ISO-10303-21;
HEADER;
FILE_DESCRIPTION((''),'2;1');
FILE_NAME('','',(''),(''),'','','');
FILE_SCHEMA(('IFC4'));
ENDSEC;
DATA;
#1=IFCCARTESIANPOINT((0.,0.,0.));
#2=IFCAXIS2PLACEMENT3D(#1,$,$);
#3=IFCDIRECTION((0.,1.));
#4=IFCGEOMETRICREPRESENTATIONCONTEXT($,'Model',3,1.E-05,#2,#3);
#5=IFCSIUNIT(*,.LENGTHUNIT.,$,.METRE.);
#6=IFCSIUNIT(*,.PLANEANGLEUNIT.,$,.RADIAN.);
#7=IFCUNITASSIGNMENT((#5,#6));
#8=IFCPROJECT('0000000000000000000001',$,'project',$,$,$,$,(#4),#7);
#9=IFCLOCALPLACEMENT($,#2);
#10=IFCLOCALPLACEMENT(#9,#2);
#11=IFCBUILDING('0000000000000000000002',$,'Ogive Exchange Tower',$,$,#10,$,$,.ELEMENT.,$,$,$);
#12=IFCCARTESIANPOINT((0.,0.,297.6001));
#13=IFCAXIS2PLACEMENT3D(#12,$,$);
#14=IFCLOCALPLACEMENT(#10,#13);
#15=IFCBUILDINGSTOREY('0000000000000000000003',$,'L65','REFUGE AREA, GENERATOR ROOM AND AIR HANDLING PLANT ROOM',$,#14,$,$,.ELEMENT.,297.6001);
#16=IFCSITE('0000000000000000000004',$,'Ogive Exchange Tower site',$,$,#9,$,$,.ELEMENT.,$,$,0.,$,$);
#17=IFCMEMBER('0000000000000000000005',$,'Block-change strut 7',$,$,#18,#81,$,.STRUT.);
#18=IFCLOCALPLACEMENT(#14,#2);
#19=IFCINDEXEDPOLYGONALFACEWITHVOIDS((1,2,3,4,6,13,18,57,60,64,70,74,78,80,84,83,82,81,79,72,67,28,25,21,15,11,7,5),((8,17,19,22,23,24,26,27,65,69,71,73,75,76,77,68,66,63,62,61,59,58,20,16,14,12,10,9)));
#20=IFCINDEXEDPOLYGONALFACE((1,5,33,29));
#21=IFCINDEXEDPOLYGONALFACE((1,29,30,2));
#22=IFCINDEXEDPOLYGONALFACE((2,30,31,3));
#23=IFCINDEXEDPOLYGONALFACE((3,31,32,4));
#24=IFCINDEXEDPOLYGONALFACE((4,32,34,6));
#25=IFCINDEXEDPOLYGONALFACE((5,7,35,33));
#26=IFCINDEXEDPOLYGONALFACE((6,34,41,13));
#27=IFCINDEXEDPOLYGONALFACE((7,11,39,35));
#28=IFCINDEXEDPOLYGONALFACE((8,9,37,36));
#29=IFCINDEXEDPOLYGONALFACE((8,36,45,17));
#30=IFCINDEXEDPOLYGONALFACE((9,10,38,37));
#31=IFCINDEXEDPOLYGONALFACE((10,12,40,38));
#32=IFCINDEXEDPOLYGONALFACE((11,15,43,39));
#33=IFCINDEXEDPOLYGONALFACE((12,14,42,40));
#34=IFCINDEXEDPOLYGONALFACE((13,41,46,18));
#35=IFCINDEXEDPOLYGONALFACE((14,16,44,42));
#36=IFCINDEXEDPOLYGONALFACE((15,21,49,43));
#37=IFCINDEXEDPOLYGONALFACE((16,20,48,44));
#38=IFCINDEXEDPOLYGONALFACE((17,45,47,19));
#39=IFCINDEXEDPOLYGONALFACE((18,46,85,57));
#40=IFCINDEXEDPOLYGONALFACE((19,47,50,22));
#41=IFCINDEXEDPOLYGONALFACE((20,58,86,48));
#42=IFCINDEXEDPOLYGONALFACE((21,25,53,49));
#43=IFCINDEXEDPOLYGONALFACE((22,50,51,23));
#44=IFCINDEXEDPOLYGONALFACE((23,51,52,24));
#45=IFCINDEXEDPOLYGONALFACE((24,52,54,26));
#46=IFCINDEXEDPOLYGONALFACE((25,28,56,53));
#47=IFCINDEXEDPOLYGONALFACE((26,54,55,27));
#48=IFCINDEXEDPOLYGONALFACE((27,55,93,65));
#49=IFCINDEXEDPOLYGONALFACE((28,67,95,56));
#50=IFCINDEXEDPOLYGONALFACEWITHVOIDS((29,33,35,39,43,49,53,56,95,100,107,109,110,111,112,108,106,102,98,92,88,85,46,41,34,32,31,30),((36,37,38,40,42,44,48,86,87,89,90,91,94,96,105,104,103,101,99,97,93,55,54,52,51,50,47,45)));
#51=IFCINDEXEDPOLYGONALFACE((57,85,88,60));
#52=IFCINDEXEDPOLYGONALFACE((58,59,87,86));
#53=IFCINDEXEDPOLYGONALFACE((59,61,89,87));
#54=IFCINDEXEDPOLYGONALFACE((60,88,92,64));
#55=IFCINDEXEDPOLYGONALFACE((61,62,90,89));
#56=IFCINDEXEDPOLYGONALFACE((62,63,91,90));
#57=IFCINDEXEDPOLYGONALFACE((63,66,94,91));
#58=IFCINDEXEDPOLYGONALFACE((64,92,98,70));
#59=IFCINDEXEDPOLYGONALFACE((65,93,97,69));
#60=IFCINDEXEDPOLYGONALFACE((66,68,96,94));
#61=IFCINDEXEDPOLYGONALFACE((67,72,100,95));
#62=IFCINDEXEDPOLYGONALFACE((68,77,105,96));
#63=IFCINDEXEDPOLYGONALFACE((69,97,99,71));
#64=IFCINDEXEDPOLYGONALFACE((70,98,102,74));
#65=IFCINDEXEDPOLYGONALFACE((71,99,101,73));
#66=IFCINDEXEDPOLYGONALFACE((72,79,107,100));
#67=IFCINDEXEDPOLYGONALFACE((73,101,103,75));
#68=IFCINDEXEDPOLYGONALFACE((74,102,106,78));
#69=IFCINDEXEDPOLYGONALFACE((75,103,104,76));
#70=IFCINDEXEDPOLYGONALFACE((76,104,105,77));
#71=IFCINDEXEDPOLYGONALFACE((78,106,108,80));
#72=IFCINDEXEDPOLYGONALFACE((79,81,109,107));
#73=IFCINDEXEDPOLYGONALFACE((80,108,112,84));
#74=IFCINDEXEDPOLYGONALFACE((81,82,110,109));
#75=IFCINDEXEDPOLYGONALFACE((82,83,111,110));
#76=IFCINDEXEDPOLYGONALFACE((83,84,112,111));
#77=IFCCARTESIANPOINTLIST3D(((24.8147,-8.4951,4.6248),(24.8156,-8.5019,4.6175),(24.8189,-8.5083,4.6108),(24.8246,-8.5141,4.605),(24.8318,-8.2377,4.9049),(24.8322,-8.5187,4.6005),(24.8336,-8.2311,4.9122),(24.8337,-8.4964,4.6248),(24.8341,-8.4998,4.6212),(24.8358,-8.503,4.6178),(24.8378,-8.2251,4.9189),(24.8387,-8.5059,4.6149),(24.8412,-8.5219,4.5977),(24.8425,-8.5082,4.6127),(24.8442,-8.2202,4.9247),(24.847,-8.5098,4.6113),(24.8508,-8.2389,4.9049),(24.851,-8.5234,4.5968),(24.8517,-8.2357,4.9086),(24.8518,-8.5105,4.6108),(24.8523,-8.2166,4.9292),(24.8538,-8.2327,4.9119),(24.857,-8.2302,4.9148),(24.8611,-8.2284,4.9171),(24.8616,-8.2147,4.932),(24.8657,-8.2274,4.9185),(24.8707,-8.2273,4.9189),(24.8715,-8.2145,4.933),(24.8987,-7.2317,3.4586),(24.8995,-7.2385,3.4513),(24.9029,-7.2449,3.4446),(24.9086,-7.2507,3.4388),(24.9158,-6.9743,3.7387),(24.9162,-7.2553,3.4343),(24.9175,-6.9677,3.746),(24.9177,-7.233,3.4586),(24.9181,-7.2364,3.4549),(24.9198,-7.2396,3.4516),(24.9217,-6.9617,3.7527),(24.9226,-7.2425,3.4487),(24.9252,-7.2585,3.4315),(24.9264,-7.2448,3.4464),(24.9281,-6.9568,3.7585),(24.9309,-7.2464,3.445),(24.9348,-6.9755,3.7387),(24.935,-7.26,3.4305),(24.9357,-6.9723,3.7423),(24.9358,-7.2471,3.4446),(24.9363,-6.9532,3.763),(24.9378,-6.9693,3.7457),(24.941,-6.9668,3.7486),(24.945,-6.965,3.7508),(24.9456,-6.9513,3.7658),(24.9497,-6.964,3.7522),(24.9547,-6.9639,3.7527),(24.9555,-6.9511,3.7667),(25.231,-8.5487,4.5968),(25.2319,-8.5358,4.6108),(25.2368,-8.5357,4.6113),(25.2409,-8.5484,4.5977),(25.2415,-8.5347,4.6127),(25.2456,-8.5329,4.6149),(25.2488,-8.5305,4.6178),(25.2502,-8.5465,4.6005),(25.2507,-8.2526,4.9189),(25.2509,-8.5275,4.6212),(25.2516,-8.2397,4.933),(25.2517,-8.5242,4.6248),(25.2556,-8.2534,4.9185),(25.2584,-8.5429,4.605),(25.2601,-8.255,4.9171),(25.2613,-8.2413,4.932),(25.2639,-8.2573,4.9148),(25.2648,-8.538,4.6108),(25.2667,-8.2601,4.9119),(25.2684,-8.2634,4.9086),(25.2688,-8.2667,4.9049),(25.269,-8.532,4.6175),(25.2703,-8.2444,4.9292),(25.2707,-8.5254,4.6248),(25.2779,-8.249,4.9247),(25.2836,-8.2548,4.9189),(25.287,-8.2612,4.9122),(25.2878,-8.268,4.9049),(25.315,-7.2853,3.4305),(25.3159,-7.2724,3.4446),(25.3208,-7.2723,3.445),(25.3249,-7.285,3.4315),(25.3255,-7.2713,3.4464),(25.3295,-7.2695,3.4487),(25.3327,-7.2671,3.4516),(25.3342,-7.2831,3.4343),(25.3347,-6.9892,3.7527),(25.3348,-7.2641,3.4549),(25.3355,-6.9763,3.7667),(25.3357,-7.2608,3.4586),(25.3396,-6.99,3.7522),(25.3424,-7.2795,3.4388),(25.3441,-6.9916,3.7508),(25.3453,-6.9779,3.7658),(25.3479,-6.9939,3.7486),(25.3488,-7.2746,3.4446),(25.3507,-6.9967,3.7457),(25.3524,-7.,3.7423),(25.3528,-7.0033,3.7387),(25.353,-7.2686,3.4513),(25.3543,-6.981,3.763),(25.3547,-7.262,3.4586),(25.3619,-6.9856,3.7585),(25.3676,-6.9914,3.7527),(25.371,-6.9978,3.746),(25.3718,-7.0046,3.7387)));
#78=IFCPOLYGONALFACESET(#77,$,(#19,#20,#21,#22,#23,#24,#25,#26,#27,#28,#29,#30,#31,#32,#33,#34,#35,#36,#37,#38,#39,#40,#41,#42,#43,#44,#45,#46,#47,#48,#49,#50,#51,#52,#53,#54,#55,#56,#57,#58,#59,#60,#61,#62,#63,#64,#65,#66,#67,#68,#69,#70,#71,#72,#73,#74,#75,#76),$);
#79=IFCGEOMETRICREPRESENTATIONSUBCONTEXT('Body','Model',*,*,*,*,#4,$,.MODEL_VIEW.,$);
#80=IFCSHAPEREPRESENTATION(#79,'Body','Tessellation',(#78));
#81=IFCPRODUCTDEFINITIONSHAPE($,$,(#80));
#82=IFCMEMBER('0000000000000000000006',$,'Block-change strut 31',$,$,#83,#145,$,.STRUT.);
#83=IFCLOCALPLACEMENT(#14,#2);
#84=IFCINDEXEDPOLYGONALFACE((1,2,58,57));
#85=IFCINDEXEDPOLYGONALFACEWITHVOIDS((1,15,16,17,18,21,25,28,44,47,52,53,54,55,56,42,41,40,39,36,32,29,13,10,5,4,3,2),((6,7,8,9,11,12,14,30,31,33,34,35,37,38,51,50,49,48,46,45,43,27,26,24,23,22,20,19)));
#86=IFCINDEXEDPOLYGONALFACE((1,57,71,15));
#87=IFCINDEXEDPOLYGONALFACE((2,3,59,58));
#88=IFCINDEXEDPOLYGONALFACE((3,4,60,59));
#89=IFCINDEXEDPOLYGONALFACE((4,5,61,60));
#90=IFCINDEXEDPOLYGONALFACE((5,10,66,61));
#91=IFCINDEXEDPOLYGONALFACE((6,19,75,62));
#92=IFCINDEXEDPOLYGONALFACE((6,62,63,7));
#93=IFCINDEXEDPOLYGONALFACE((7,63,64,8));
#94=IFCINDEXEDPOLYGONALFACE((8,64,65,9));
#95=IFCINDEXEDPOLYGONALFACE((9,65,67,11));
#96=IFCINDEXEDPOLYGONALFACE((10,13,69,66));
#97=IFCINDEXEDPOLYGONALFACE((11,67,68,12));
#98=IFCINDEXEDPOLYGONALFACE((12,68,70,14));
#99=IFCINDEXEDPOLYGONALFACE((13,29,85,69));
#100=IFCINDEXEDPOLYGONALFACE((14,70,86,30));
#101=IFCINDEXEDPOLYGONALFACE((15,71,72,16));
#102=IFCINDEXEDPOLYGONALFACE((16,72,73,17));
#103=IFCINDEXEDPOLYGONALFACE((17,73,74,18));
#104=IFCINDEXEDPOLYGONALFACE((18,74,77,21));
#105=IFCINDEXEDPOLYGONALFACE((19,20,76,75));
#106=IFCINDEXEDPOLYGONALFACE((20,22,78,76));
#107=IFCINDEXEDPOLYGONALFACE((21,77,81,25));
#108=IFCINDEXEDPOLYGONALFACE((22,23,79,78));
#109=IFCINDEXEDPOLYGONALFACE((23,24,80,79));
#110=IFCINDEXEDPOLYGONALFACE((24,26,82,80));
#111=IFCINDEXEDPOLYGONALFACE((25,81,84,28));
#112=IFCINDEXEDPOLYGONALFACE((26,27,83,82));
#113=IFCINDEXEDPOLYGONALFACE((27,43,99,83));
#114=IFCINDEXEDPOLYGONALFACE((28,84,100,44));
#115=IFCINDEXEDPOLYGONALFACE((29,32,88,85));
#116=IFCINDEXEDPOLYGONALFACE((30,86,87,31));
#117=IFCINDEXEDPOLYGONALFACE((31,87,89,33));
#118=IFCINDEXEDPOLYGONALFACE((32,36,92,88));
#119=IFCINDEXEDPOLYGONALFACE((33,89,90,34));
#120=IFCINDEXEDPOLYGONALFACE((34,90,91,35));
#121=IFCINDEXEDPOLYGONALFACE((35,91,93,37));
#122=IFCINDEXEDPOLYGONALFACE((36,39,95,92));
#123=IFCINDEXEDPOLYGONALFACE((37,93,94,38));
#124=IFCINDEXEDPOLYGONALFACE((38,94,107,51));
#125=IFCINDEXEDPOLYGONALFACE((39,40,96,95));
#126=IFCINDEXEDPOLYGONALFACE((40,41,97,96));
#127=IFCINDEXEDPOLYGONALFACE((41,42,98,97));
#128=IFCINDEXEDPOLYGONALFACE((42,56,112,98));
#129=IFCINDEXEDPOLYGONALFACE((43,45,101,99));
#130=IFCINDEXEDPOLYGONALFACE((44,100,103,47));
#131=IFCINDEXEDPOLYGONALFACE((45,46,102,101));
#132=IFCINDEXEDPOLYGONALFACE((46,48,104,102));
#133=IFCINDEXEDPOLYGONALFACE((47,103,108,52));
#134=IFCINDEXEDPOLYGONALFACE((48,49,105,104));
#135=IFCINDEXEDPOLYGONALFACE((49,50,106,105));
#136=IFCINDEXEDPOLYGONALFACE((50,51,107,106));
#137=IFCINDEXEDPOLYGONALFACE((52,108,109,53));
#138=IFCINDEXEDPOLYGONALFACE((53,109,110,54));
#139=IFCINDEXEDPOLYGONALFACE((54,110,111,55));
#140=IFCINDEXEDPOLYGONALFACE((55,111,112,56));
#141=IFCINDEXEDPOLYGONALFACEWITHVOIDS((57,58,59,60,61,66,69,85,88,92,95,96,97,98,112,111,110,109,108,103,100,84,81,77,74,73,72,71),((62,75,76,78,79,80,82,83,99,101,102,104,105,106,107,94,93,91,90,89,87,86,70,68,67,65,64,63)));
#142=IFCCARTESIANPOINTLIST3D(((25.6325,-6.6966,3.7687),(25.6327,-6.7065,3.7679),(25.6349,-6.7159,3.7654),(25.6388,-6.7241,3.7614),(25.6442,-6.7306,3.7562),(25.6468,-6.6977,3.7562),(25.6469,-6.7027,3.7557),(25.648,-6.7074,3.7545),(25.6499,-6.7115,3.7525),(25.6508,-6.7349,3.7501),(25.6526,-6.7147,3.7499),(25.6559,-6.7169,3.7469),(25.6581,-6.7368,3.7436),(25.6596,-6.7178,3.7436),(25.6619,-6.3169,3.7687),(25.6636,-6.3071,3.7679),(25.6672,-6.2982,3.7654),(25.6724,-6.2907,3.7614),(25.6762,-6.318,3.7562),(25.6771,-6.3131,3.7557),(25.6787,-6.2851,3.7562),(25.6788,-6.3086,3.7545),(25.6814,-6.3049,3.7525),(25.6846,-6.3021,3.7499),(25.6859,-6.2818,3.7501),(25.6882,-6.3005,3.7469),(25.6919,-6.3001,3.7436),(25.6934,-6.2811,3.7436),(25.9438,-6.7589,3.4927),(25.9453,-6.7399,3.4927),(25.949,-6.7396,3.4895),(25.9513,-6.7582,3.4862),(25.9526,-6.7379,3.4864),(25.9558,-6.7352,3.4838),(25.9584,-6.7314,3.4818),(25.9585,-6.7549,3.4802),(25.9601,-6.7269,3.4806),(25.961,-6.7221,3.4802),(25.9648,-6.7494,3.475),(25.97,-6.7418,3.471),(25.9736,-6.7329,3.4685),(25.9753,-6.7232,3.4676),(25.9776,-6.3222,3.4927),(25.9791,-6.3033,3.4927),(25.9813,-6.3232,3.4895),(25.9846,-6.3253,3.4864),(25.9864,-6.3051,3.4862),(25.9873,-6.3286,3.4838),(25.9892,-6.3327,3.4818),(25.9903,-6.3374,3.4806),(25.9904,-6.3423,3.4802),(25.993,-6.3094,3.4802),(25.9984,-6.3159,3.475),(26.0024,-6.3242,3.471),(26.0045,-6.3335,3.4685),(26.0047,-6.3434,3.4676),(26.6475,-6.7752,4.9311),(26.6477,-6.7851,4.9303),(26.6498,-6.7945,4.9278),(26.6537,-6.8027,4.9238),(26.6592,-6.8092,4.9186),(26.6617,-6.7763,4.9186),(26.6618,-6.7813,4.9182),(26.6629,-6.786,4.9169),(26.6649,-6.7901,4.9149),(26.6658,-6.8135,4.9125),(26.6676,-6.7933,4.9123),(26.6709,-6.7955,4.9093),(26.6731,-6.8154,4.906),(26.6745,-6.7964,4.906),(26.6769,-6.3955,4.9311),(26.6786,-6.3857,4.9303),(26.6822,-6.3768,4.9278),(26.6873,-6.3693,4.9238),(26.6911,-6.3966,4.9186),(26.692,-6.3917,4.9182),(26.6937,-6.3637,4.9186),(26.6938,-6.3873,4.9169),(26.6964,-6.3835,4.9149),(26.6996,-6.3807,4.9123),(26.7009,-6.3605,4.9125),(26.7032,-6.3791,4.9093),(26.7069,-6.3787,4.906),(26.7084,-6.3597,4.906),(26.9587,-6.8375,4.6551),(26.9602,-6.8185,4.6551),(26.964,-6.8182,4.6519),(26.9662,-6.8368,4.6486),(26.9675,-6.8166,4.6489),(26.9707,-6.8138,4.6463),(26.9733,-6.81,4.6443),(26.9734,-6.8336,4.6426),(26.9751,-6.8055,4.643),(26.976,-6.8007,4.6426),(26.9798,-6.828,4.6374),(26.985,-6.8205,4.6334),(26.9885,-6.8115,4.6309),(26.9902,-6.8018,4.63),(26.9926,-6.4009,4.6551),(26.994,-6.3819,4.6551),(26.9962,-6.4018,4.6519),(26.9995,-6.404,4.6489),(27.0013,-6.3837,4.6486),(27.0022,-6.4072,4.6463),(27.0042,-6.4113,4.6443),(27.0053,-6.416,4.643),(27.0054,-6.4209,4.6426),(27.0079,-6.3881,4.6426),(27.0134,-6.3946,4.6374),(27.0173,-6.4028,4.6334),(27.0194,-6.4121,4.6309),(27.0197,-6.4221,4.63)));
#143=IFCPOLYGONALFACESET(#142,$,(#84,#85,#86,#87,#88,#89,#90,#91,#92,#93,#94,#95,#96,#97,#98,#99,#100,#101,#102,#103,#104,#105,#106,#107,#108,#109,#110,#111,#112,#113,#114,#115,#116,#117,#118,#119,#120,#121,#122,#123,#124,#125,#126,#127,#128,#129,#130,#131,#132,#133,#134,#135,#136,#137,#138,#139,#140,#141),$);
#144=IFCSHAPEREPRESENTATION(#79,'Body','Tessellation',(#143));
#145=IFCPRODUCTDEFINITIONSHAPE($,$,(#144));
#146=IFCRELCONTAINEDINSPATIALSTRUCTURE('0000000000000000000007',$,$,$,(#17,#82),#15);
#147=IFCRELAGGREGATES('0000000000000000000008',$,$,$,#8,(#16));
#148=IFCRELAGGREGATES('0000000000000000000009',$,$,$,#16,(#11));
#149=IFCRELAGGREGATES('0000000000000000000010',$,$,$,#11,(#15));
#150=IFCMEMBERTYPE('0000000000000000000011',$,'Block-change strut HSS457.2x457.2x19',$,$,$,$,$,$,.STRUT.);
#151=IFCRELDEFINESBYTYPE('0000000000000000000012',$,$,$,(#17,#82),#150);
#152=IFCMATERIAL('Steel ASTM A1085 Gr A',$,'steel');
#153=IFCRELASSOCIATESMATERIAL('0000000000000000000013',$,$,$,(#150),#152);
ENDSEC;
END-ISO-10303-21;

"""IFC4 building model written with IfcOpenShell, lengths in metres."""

from ifc_helpers import new_model, si_unit, direction, frame, origin, origin_2d, place, context, subcontext, project, spatial, hollow_rectangle, extrude, material, material_profile, profile_set, type_object, element, save


model = new_model("IFC4")

# Units and contexts
model_context = context("Model", 3, precision=1e-05, world=origin(), true_north=direction((0.0, 1.0)))
body_context = subcontext(model_context, "Body", "Model", "MODEL_VIEW")
ifc_project = project(units=[si_unit("LENGTHUNIT", "METRE"), si_unit("PLANEANGLEUNIT", "RADIAN")], contexts=[model_context])

# Site, building, storey
site_placement = place(None, origin())
site = spatial("IfcSite", under=ifc_project, at=site_placement, Name="Ogive Exchange Tower site", CompositionType="ELEMENT", RefElevation=0.0)
building_placement = place(site_placement, origin())
building = spatial("IfcBuilding", under=site, at=building_placement, Name="Ogive Exchange Tower", CompositionType="ELEMENT")
storey_placement = place(building_placement, frame((0.0, 0.0, 297.6001)))
storey = spatial("IfcBuildingStorey", under=building, at=storey_placement, Name="L65", Description="REFUGE AREA, GENERATOR ROOM AND AIR HANDLING PLANT ROOM", CompositionType="ELEMENT", Elevation=297.6001)

# Shared definitions
ifc_material_1 = material(Name="Steel ASTM A1085 Gr A", Category="steel")

# Members
ifc_material_profile_1 = material_profile(ifc_material_1, hollow_rectangle(XDim=0.457, YDim=0.457, WallThickness=0.019, InnerFilletRadius=0.019, OuterFilletRadius=0.0381, at=origin_2d()), Name="HSS457.2x457.2x19")
ifc_profile_set_1 = profile_set([ifc_material_profile_1], Name="Steel ASTM A1085 Gr A")
member_type_1 = type_object("IfcMemberType", Name="Block-change strut HSS457.2x457.2x19", PredefinedType="STRUT", material=ifc_profile_set_1)
member_1_placement = place(storey_placement, frame((25.1353, -7.1182, 3.5986), z_axis=(-0.048786, -0.733923, 0.677478), x_axis=(0.997798, -0.066327, 0.0)))
element("IfcMember", 1, at=member_1_placement, inside=storey, type_object=member_type_1, Name="Block-change strut 7", PredefinedType="STRUT", context=body_context, shape_type="SweptSolid", body=[
    extrude(hollow_rectangle(XDim=0.457, YDim=0.457, WallThickness=0.019, InnerFilletRadius=0.019, OuterFilletRadius=0.0381, at=origin_2d()), origin(), (0.0, 0.0, 1.0), 1.7214),
])
member_2_placement = place(storey_placement, frame((25.8186, -6.52, 3.6182), z_axis=(0.656857, -0.05088, 0.752296), x_axis=(0.077228, 0.997013, 0.0)))
element("IfcMember", 2, at=member_2_placement, inside=storey, type_object=member_type_1, Name="Block-change strut 31", PredefinedType="STRUT", context=body_context, shape_type="SweptSolid", body=[
    extrude(hollow_rectangle(XDim=0.457, YDim=0.457, WallThickness=0.019, InnerFilletRadius=0.019, OuterFilletRadius=0.0381, at=origin_2d()), origin(), (0.0, 0.0, 1.0), 1.5452),
])

save(model, "model.ifc")
